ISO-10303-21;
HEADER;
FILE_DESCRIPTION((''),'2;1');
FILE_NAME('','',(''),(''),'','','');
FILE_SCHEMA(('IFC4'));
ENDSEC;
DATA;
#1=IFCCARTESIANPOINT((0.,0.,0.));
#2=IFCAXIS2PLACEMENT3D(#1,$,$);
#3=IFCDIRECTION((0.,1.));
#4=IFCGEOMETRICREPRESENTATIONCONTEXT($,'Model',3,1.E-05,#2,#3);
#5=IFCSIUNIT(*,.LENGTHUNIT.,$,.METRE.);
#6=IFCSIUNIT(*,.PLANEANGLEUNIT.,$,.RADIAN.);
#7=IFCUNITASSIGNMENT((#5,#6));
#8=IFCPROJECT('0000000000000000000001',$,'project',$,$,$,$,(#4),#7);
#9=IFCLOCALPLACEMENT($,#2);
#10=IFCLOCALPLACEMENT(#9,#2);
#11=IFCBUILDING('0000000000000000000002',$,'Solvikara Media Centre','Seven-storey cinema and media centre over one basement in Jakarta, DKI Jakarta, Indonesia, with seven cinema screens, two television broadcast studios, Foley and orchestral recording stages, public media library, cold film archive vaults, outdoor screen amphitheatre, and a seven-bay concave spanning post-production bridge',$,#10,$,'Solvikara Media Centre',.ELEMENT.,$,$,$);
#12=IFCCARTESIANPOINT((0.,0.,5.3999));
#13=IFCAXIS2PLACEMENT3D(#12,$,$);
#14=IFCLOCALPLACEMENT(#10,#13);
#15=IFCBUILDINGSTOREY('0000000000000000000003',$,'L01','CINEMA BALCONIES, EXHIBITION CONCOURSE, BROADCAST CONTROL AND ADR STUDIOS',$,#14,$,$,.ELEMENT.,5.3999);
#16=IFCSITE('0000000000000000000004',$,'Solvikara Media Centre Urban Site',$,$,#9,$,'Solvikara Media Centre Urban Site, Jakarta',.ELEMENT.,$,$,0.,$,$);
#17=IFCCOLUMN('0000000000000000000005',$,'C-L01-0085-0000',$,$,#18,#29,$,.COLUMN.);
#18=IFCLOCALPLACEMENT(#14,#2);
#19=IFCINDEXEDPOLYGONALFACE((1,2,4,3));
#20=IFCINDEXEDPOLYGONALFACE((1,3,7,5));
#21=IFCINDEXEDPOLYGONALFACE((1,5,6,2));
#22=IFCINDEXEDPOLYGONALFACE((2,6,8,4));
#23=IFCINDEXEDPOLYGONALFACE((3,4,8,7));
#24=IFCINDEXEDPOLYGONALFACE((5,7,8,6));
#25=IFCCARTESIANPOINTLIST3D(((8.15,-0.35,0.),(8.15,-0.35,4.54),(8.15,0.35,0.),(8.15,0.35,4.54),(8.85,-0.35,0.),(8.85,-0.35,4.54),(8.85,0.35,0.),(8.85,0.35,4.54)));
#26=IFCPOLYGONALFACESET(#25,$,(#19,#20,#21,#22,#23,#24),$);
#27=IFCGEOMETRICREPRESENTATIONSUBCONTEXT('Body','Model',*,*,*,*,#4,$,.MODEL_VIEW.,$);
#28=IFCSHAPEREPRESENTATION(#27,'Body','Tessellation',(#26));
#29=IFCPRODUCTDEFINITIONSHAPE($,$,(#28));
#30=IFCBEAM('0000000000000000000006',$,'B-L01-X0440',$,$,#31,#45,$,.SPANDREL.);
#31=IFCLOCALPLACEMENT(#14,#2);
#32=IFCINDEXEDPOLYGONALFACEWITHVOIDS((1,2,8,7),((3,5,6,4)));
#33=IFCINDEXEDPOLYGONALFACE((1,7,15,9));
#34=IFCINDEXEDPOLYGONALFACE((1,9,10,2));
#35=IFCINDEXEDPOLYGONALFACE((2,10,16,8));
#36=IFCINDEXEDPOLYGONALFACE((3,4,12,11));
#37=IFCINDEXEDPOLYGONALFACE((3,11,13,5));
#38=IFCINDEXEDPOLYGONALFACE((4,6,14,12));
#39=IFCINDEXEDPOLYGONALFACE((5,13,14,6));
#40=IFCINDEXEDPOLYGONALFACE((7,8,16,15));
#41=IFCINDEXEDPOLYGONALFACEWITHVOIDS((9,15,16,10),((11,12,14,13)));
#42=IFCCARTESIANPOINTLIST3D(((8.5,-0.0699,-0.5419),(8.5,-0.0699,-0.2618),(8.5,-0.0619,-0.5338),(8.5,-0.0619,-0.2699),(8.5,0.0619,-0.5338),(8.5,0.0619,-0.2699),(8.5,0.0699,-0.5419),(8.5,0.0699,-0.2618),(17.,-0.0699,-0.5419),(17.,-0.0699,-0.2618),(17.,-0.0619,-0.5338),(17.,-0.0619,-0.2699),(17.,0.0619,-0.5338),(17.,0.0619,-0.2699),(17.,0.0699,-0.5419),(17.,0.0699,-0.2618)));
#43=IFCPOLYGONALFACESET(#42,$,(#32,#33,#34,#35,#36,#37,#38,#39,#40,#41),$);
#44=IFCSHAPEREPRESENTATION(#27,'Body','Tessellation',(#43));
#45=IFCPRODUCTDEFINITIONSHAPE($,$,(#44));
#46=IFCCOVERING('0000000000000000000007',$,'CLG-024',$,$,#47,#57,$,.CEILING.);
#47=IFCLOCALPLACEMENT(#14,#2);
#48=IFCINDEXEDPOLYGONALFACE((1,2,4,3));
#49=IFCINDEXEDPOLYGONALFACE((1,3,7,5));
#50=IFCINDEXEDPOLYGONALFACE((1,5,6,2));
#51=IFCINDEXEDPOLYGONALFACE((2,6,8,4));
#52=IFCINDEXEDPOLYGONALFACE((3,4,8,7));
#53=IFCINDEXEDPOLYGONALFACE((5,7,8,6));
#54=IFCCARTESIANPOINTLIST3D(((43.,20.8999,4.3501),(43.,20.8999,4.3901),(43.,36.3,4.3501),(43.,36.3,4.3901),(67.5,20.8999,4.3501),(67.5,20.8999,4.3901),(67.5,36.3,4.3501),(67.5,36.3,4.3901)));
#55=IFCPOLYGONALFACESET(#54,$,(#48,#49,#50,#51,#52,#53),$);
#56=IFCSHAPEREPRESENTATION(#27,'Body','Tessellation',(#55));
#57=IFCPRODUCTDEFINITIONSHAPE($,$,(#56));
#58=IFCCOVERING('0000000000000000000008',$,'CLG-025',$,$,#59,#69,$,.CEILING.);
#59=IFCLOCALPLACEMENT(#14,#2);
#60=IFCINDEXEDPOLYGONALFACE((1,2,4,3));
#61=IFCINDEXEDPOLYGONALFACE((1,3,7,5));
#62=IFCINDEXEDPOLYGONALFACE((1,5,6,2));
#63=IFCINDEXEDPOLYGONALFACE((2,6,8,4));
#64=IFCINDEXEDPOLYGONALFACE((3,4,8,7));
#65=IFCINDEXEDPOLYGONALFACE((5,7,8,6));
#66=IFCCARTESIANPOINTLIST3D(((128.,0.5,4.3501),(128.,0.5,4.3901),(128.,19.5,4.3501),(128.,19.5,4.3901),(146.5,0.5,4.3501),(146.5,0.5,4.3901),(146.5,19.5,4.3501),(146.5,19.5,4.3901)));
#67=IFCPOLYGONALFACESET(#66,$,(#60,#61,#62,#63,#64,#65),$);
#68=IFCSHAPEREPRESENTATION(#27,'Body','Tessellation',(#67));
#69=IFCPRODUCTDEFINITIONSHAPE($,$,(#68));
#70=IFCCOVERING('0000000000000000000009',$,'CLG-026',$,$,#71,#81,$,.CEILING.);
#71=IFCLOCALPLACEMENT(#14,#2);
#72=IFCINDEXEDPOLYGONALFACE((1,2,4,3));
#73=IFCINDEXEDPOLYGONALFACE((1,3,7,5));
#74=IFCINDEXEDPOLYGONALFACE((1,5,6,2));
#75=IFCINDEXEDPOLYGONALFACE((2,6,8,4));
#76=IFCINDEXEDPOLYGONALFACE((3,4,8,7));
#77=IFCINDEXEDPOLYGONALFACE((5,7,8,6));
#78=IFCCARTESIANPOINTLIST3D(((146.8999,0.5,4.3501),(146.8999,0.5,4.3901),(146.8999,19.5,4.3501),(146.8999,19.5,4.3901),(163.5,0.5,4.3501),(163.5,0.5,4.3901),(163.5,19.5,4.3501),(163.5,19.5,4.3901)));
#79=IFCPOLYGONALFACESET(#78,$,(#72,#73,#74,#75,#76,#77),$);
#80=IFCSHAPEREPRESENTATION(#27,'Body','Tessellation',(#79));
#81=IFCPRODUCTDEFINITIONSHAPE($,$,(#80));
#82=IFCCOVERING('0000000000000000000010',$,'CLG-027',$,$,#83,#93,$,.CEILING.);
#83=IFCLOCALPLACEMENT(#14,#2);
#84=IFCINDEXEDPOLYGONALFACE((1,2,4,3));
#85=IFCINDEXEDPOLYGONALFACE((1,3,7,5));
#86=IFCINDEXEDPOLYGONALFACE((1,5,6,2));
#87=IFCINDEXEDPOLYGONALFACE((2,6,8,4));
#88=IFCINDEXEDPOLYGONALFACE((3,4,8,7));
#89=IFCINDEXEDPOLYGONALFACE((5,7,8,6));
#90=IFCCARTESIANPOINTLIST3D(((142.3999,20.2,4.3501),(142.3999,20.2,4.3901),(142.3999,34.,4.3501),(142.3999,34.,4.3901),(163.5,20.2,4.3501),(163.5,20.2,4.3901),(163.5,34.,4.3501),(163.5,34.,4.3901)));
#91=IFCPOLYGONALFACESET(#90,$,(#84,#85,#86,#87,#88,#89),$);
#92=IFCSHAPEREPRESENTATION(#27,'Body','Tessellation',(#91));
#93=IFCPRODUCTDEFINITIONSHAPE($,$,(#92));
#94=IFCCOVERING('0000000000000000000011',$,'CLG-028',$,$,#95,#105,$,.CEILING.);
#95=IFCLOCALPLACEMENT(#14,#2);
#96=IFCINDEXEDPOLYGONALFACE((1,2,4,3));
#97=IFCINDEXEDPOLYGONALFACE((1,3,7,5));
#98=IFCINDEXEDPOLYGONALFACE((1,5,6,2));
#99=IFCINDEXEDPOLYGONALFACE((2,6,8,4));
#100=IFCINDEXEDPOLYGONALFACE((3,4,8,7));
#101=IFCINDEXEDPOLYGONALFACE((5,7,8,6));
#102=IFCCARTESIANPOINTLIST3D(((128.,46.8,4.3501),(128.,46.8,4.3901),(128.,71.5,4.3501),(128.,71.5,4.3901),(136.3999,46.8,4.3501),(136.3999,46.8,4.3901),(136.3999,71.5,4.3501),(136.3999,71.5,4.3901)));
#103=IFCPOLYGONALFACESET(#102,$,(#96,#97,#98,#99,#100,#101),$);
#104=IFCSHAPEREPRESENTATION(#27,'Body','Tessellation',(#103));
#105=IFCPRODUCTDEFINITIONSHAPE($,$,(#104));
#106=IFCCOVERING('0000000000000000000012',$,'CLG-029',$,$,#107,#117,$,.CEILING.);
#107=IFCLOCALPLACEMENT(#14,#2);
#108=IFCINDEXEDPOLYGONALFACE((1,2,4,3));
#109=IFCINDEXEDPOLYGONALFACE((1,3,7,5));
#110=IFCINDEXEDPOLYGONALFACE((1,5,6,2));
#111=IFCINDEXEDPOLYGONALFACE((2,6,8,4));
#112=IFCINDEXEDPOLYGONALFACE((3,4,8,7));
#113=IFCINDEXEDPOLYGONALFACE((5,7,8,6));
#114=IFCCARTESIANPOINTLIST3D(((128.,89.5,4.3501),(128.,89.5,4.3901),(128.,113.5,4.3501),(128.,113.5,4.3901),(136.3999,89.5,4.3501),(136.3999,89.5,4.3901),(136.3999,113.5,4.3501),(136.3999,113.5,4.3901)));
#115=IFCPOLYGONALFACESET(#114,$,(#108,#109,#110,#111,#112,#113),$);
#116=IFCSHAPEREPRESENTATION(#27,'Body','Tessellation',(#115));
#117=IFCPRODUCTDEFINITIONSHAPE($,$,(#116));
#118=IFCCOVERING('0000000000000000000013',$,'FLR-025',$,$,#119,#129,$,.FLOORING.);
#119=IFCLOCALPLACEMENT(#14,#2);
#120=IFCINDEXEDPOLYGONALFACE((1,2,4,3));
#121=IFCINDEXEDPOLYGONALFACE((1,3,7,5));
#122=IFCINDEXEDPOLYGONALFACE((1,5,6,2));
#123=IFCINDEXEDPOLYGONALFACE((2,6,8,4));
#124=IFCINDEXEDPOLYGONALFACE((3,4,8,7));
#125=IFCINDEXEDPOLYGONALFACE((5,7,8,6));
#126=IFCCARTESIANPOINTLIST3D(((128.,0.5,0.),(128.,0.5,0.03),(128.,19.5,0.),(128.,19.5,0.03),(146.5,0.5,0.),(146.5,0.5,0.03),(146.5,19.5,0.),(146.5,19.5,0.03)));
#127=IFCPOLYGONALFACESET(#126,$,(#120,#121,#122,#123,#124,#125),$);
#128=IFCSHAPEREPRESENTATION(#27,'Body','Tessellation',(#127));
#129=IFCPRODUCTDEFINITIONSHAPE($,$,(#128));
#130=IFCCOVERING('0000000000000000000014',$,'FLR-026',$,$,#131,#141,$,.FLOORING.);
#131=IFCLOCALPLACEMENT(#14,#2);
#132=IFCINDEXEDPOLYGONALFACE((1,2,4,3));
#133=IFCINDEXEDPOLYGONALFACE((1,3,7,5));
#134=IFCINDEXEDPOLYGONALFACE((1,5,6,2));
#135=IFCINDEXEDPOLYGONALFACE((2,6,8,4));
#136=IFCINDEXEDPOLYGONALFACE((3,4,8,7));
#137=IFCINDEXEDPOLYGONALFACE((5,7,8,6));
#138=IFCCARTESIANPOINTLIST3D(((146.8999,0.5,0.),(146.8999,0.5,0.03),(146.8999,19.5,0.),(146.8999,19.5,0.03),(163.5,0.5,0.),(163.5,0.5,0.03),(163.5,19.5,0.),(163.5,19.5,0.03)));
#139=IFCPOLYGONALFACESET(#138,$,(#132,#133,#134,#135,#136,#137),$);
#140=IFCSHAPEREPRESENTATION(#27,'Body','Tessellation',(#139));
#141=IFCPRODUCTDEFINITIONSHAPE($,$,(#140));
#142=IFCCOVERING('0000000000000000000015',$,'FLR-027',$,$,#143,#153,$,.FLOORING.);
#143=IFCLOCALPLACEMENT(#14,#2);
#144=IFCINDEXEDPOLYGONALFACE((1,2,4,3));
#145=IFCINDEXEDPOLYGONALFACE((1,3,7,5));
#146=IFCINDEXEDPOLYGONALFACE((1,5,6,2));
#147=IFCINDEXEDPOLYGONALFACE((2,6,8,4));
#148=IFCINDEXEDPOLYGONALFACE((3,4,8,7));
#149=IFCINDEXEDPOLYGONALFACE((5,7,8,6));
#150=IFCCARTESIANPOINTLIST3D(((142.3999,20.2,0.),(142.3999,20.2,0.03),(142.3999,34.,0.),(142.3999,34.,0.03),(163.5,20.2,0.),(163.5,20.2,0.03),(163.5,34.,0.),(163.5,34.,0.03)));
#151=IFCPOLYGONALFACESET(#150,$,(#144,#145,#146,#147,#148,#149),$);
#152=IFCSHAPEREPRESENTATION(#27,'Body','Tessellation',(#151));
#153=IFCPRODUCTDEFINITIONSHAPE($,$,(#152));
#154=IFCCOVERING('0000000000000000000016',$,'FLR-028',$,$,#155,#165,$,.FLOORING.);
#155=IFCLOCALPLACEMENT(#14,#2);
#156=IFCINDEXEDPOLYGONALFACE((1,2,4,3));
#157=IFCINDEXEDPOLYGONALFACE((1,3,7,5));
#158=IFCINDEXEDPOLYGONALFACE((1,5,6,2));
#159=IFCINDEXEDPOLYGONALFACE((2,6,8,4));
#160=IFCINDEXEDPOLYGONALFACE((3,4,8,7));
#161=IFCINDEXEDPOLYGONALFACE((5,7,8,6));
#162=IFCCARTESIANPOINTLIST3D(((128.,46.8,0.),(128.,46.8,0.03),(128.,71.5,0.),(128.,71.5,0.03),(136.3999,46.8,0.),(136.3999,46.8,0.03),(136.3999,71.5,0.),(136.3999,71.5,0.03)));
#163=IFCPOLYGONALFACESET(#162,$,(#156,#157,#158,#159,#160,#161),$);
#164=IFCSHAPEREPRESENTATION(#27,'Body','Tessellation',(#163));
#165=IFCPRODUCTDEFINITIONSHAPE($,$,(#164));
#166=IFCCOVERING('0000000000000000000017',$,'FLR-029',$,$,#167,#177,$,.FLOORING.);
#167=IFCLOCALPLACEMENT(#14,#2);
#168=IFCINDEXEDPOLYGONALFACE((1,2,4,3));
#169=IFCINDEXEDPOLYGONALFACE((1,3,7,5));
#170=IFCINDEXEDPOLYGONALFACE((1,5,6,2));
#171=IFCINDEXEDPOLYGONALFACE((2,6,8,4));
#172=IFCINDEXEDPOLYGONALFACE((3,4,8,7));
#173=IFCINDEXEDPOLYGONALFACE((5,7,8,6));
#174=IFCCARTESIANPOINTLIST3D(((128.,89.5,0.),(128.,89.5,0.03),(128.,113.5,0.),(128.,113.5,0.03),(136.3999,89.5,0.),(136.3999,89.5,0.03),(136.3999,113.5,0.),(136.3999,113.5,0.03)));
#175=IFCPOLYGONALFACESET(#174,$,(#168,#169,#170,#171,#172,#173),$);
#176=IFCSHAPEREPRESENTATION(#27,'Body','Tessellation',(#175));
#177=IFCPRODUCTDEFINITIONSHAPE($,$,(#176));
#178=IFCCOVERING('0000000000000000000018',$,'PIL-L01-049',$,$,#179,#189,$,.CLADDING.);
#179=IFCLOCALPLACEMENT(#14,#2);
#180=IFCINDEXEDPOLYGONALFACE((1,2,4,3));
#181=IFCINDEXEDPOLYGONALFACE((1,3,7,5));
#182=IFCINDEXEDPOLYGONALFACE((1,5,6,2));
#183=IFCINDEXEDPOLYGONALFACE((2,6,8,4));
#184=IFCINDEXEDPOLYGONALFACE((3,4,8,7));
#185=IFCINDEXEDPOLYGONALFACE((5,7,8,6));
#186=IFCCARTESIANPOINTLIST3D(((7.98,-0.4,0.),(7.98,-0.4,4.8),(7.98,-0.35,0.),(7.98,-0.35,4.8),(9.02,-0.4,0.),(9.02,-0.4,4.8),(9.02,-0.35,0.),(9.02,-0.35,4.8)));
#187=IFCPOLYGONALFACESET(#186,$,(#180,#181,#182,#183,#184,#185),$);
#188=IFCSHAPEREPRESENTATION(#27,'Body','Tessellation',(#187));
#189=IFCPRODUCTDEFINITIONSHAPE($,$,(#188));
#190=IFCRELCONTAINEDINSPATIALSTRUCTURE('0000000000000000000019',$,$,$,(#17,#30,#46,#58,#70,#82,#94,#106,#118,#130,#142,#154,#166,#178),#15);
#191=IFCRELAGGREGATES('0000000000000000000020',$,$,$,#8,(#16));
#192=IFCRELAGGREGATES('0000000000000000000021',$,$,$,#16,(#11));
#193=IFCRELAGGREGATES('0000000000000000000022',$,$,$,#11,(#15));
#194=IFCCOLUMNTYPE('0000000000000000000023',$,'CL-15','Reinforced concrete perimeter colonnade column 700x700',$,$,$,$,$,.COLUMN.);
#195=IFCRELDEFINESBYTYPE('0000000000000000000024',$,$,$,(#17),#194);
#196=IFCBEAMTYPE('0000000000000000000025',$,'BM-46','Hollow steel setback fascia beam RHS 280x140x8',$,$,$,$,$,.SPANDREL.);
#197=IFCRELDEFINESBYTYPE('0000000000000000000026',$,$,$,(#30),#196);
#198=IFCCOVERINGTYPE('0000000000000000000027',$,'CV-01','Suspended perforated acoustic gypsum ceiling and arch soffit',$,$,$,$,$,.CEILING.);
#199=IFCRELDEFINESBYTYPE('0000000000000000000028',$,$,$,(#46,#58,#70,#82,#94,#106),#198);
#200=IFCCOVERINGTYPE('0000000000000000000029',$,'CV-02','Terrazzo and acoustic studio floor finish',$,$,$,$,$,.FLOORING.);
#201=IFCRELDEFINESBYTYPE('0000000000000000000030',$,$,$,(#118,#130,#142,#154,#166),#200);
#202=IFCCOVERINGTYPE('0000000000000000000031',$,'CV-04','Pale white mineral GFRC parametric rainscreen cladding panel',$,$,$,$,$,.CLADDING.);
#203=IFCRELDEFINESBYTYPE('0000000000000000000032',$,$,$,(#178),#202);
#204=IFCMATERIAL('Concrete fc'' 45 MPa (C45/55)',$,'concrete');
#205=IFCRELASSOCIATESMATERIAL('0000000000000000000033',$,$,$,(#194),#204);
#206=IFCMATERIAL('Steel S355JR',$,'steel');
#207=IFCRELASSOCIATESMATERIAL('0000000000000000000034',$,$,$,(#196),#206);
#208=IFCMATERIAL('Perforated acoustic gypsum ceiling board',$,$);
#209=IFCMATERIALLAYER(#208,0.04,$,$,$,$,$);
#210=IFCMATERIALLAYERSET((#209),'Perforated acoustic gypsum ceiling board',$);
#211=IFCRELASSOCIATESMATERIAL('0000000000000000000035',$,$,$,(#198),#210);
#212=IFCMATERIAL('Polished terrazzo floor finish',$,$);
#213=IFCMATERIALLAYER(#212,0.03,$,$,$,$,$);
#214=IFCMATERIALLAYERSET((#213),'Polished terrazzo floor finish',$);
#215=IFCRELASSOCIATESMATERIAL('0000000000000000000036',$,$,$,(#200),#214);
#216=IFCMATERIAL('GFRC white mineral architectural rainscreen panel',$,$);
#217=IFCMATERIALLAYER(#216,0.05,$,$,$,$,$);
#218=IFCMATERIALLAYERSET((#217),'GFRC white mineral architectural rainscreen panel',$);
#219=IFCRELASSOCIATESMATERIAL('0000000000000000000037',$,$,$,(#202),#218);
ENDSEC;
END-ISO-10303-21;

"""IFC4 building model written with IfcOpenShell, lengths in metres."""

from ifc_helpers import new_model, si_unit, direction, frame, origin, origin_2d, place, context, subcontext, project, spatial, polyline, rectangle, hollow_rectangle, outline, extrude, material, layer, layer_set, material_profile, profile_set, type_object, element, save


model = new_model("IFC4")

# Units and contexts
model_context = context("Model", 3, precision=1e-05, world=origin(), true_north=direction((0.0, 1.0)))
body_context = subcontext(model_context, "Body", "Model", "MODEL_VIEW")
ifc_project = project(units=[si_unit("LENGTHUNIT", "METRE"), si_unit("PLANEANGLEUNIT", "RADIAN")], contexts=[model_context])

# Site, building, storey
site_placement = place(None, origin())
site = spatial("IfcSite", under=ifc_project, at=site_placement, Name="Solvikara Media Centre Urban Site", LongName="Solvikara Media Centre Urban Site, Jakarta", CompositionType="ELEMENT", RefElevation=0.0)
building_placement = place(site_placement, origin())
building = spatial("IfcBuilding", under=site, at=building_placement, Name="Solvikara Media Centre", Description="Seven-storey cinema and media centre over one basement in Jakarta, DKI Jakarta, Indonesia, with seven cinema screens, two television broadcast studios, Foley and orchestral recording stages, public media library, cold film archive vaults, outdoor screen amphitheatre, and a seven-bay concave spanning post-production bridge", LongName="Solvikara Media Centre", CompositionType="ELEMENT")
storey_placement = place(building_placement, frame((0.0, 0.0, 5.3999)))
storey = spatial("IfcBuildingStorey", under=building, at=storey_placement, Name="L01", Description="CINEMA BALCONIES, EXHIBITION CONCOURSE, BROADCAST CONTROL AND ADR STUDIOS", CompositionType="ELEMENT", Elevation=5.3999)

# Column
ifc_material_1 = material(Name="Concrete fc' 45 MPa (C45/55)", Category="concrete")
ifc_material_profile_1 = material_profile(ifc_material_1, rectangle(XDim=0.7, YDim=0.7, at=origin_2d()), Name="RC 700x700")
ifc_profile_set_1 = profile_set([ifc_material_profile_1], Name="Concrete fc' 45 MPa (C45/55)")
column_type = type_object("IfcColumnType", Name="CL-15", Description="Reinforced concrete perimeter colonnade column 700x700", PredefinedType="COLUMN", material=ifc_profile_set_1)
column_placement = place(storey_placement, frame((8.5, 0.0, 0.0), z_axis=(0.0, 0.0, 1.0), x_axis=(1.0, 0.0, 0.0)))
element("IfcColumn", 1, at=column_placement, inside=storey, type_object=column_type, Name="C-L01-0085-0000", PredefinedType="COLUMN", context=body_context, shape_type="SweptSolid", body=[
    extrude(rectangle(XDim=0.7, YDim=0.7, at=origin_2d()), origin(), (0.0, 0.0, 1.0), 4.54),
])

# Beam
ifc_material_2 = material(Name="Steel S355JR", Category="steel")
ifc_material_profile_2 = material_profile(ifc_material_2, hollow_rectangle(XDim=0.1399, YDim=0.28, WallThickness=0.0081, at=origin_2d()), Name="RHS 280x140x8")
ifc_profile_set_2 = profile_set([ifc_material_profile_2], Name="Steel S355JR")
beam_type = type_object("IfcBeamType", Name="BM-46", Description="Hollow steel setback fascia beam RHS 280x140x8", PredefinedType="SPANDREL", material=ifc_profile_set_2)
beam_placement = place(storey_placement, frame((8.5, 0.0, -0.4019), z_axis=(1.0, 0.0, 0.0), x_axis=(0.0, 1.0, 0.0)))
element("IfcBeam", 2, at=beam_placement, inside=storey, type_object=beam_type, Name="B-L01-X0440", PredefinedType="SPANDREL", context=body_context, shape_type="SweptSolid", body=[
    extrude(hollow_rectangle(XDim=0.1399, YDim=0.28, WallThickness=0.0081, at=origin_2d()), origin(), (0.0, 0.0, 1.0), 8.5),
])

# Coverings
ifc_material_3 = material(Name="Perforated acoustic gypsum ceiling board")
ifc_layer_1 = layer(ifc_material_3, 0.04)
ifc_layer_set_1 = layer_set([ifc_layer_1], Name="Perforated acoustic gypsum ceiling board")
covering_type_1 = type_object("IfcCoveringType", Name="CV-01", Description="Suspended perforated acoustic gypsum ceiling and arch soffit", PredefinedType="CEILING", material=ifc_layer_set_1)
covering_1_placement = place(storey_placement, frame((0.0, 0.0, 4.3501)))
element("IfcCovering", 3, at=covering_1_placement, inside=storey, type_object=covering_type_1, Name="CLG-024", PredefinedType="CEILING", context=body_context, shape_type="SweptSolid", body=[
    extrude(outline(polyline([(43.0, 20.8999), (67.5, 20.8999), (67.5, 36.3), (43.0, 36.3), (43.0, 20.8999)])), origin(), (0.0, 0.0, 1.0), 0.04),
])
covering_2_placement = place(storey_placement, frame((0.0, 0.0, 4.3501)))
element("IfcCovering", 4, at=covering_2_placement, inside=storey, type_object=covering_type_1, Name="CLG-025", PredefinedType="CEILING", context=body_context, shape_type="SweptSolid", body=[
    extrude(outline(polyline([(128.0, 0.5), (146.5, 0.5), (146.5, 19.5), (128.0, 19.5), (128.0, 0.5)])), origin(), (0.0, 0.0, 1.0), 0.04),
])
covering_3_placement = place(storey_placement, frame((0.0, 0.0, 4.3501)))
element("IfcCovering", 5, at=covering_3_placement, inside=storey, type_object=covering_type_1, Name="CLG-026", PredefinedType="CEILING", context=body_context, shape_type="SweptSolid", body=[
    extrude(outline(polyline([(146.8999, 0.5), (163.5, 0.5), (163.5, 19.5), (146.8999, 19.5), (146.8999, 0.5)])), origin(), (0.0, 0.0, 1.0), 0.04),
])
covering_4_placement = place(storey_placement, frame((0.0, 0.0, 4.3501)))
element("IfcCovering", 6, at=covering_4_placement, inside=storey, type_object=covering_type_1, Name="CLG-027", PredefinedType="CEILING", context=body_context, shape_type="SweptSolid", body=[
    extrude(outline(polyline([(142.3999, 20.2), (163.5, 20.2), (163.5, 34.0), (142.3999, 34.0), (142.3999, 20.2)])), origin(), (0.0, 0.0, 1.0), 0.04),
])
covering_5_placement = place(storey_placement, frame((0.0, 0.0, 4.3501)))
element("IfcCovering", 7, at=covering_5_placement, inside=storey, type_object=covering_type_1, Name="CLG-028", PredefinedType="CEILING", context=body_context, shape_type="SweptSolid", body=[
    extrude(outline(polyline([(128.0, 46.8), (136.3999, 46.8), (136.3999, 71.5), (128.0, 71.5), (128.0, 46.8)])), origin(), (0.0, 0.0, 1.0), 0.04),
])
covering_6_placement = place(storey_placement, frame((0.0, 0.0, 4.3501)))
element("IfcCovering", 8, at=covering_6_placement, inside=storey, type_object=covering_type_1, Name="CLG-029", PredefinedType="CEILING", context=body_context, shape_type="SweptSolid", body=[
    extrude(outline(polyline([(128.0, 89.5), (136.3999, 89.5), (136.3999, 113.5), (128.0, 113.5), (128.0, 89.5)])), origin(), (0.0, 0.0, 1.0), 0.04),
])
ifc_material_4 = material(Name="Polished terrazzo floor finish")
ifc_layer_2 = layer(ifc_material_4, 0.03)
ifc_layer_set_2 = layer_set([ifc_layer_2], Name="Polished terrazzo floor finish")
covering_type_2 = type_object("IfcCoveringType", Name="CV-02", Description="Terrazzo and acoustic studio floor finish", PredefinedType="FLOORING", material=ifc_layer_set_2)
covering_7_placement = place(storey_placement, origin())
element("IfcCovering", 9, at=covering_7_placement, inside=storey, type_object=covering_type_2, Name="FLR-025", PredefinedType="FLOORING", context=body_context, shape_type="SweptSolid", body=[
    extrude(outline(polyline([(128.0, 0.5), (146.5, 0.5), (146.5, 19.5), (128.0, 19.5), (128.0, 0.5)])), origin(), (0.0, 0.0, 1.0), 0.03),
])
covering_8_placement = place(storey_placement, origin())
element("IfcCovering", 10, at=covering_8_placement, inside=storey, type_object=covering_type_2, Name="FLR-026", PredefinedType="FLOORING", context=body_context, shape_type="SweptSolid", body=[
    extrude(outline(polyline([(146.8999, 0.5), (163.5, 0.5), (163.5, 19.5), (146.8999, 19.5), (146.8999, 0.5)])), origin(), (0.0, 0.0, 1.0), 0.03),
])
covering_9_placement = place(storey_placement, origin())
element("IfcCovering", 11, at=covering_9_placement, inside=storey, type_object=covering_type_2, Name="FLR-027", PredefinedType="FLOORING", context=body_context, shape_type="SweptSolid", body=[
    extrude(outline(polyline([(142.3999, 20.2), (163.5, 20.2), (163.5, 34.0), (142.3999, 34.0), (142.3999, 20.2)])), origin(), (0.0, 0.0, 1.0), 0.03),
])
covering_10_placement = place(storey_placement, origin())
element("IfcCovering", 12, at=covering_10_placement, inside=storey, type_object=covering_type_2, Name="FLR-028", PredefinedType="FLOORING", context=body_context, shape_type="SweptSolid", body=[
    extrude(outline(polyline([(128.0, 46.8), (136.3999, 46.8), (136.3999, 71.5), (128.0, 71.5), (128.0, 46.8)])), origin(), (0.0, 0.0, 1.0), 0.03),
])
covering_11_placement = place(storey_placement, origin())
element("IfcCovering", 13, at=covering_11_placement, inside=storey, type_object=covering_type_2, Name="FLR-029", PredefinedType="FLOORING", context=body_context, shape_type="SweptSolid", body=[
    extrude(outline(polyline([(128.0, 89.5), (136.3999, 89.5), (136.3999, 113.5), (128.0, 113.5), (128.0, 89.5)])), origin(), (0.0, 0.0, 1.0), 0.03),
])
ifc_material_5 = material(Name="GFRC white mineral architectural rainscreen panel")
ifc_layer_3 = layer(ifc_material_5, 0.05)
ifc_layer_set_3 = layer_set([ifc_layer_3], Name="GFRC white mineral architectural rainscreen panel")
covering_type_3 = type_object("IfcCoveringType", Name="CV-04", Description="Pale white mineral GFRC parametric rainscreen cladding panel", PredefinedType="CLADDING", material=ifc_layer_set_3)
for number, where, z_axis, x_axis, name in (
    (14, (8.5, -0.375, 0.0), (0.0, 0.0, 1.0), (1.0, 0.0, 0.0), "PIL-L01-049"),
):
    element("IfcCovering", number, at=place(storey_placement, frame(where, z_axis=z_axis, x_axis=x_axis)), inside=storey, type_object=covering_type_3, Name=name, PredefinedType="CLADDING", context=body_context, shape_type="SweptSolid", body=[
        extrude(rectangle(XDim=1.04, YDim=0.05, at=origin_2d()), origin(), (0.0, 0.0, 1.0), 4.8),
    ])

save(model, "model.ifc")
